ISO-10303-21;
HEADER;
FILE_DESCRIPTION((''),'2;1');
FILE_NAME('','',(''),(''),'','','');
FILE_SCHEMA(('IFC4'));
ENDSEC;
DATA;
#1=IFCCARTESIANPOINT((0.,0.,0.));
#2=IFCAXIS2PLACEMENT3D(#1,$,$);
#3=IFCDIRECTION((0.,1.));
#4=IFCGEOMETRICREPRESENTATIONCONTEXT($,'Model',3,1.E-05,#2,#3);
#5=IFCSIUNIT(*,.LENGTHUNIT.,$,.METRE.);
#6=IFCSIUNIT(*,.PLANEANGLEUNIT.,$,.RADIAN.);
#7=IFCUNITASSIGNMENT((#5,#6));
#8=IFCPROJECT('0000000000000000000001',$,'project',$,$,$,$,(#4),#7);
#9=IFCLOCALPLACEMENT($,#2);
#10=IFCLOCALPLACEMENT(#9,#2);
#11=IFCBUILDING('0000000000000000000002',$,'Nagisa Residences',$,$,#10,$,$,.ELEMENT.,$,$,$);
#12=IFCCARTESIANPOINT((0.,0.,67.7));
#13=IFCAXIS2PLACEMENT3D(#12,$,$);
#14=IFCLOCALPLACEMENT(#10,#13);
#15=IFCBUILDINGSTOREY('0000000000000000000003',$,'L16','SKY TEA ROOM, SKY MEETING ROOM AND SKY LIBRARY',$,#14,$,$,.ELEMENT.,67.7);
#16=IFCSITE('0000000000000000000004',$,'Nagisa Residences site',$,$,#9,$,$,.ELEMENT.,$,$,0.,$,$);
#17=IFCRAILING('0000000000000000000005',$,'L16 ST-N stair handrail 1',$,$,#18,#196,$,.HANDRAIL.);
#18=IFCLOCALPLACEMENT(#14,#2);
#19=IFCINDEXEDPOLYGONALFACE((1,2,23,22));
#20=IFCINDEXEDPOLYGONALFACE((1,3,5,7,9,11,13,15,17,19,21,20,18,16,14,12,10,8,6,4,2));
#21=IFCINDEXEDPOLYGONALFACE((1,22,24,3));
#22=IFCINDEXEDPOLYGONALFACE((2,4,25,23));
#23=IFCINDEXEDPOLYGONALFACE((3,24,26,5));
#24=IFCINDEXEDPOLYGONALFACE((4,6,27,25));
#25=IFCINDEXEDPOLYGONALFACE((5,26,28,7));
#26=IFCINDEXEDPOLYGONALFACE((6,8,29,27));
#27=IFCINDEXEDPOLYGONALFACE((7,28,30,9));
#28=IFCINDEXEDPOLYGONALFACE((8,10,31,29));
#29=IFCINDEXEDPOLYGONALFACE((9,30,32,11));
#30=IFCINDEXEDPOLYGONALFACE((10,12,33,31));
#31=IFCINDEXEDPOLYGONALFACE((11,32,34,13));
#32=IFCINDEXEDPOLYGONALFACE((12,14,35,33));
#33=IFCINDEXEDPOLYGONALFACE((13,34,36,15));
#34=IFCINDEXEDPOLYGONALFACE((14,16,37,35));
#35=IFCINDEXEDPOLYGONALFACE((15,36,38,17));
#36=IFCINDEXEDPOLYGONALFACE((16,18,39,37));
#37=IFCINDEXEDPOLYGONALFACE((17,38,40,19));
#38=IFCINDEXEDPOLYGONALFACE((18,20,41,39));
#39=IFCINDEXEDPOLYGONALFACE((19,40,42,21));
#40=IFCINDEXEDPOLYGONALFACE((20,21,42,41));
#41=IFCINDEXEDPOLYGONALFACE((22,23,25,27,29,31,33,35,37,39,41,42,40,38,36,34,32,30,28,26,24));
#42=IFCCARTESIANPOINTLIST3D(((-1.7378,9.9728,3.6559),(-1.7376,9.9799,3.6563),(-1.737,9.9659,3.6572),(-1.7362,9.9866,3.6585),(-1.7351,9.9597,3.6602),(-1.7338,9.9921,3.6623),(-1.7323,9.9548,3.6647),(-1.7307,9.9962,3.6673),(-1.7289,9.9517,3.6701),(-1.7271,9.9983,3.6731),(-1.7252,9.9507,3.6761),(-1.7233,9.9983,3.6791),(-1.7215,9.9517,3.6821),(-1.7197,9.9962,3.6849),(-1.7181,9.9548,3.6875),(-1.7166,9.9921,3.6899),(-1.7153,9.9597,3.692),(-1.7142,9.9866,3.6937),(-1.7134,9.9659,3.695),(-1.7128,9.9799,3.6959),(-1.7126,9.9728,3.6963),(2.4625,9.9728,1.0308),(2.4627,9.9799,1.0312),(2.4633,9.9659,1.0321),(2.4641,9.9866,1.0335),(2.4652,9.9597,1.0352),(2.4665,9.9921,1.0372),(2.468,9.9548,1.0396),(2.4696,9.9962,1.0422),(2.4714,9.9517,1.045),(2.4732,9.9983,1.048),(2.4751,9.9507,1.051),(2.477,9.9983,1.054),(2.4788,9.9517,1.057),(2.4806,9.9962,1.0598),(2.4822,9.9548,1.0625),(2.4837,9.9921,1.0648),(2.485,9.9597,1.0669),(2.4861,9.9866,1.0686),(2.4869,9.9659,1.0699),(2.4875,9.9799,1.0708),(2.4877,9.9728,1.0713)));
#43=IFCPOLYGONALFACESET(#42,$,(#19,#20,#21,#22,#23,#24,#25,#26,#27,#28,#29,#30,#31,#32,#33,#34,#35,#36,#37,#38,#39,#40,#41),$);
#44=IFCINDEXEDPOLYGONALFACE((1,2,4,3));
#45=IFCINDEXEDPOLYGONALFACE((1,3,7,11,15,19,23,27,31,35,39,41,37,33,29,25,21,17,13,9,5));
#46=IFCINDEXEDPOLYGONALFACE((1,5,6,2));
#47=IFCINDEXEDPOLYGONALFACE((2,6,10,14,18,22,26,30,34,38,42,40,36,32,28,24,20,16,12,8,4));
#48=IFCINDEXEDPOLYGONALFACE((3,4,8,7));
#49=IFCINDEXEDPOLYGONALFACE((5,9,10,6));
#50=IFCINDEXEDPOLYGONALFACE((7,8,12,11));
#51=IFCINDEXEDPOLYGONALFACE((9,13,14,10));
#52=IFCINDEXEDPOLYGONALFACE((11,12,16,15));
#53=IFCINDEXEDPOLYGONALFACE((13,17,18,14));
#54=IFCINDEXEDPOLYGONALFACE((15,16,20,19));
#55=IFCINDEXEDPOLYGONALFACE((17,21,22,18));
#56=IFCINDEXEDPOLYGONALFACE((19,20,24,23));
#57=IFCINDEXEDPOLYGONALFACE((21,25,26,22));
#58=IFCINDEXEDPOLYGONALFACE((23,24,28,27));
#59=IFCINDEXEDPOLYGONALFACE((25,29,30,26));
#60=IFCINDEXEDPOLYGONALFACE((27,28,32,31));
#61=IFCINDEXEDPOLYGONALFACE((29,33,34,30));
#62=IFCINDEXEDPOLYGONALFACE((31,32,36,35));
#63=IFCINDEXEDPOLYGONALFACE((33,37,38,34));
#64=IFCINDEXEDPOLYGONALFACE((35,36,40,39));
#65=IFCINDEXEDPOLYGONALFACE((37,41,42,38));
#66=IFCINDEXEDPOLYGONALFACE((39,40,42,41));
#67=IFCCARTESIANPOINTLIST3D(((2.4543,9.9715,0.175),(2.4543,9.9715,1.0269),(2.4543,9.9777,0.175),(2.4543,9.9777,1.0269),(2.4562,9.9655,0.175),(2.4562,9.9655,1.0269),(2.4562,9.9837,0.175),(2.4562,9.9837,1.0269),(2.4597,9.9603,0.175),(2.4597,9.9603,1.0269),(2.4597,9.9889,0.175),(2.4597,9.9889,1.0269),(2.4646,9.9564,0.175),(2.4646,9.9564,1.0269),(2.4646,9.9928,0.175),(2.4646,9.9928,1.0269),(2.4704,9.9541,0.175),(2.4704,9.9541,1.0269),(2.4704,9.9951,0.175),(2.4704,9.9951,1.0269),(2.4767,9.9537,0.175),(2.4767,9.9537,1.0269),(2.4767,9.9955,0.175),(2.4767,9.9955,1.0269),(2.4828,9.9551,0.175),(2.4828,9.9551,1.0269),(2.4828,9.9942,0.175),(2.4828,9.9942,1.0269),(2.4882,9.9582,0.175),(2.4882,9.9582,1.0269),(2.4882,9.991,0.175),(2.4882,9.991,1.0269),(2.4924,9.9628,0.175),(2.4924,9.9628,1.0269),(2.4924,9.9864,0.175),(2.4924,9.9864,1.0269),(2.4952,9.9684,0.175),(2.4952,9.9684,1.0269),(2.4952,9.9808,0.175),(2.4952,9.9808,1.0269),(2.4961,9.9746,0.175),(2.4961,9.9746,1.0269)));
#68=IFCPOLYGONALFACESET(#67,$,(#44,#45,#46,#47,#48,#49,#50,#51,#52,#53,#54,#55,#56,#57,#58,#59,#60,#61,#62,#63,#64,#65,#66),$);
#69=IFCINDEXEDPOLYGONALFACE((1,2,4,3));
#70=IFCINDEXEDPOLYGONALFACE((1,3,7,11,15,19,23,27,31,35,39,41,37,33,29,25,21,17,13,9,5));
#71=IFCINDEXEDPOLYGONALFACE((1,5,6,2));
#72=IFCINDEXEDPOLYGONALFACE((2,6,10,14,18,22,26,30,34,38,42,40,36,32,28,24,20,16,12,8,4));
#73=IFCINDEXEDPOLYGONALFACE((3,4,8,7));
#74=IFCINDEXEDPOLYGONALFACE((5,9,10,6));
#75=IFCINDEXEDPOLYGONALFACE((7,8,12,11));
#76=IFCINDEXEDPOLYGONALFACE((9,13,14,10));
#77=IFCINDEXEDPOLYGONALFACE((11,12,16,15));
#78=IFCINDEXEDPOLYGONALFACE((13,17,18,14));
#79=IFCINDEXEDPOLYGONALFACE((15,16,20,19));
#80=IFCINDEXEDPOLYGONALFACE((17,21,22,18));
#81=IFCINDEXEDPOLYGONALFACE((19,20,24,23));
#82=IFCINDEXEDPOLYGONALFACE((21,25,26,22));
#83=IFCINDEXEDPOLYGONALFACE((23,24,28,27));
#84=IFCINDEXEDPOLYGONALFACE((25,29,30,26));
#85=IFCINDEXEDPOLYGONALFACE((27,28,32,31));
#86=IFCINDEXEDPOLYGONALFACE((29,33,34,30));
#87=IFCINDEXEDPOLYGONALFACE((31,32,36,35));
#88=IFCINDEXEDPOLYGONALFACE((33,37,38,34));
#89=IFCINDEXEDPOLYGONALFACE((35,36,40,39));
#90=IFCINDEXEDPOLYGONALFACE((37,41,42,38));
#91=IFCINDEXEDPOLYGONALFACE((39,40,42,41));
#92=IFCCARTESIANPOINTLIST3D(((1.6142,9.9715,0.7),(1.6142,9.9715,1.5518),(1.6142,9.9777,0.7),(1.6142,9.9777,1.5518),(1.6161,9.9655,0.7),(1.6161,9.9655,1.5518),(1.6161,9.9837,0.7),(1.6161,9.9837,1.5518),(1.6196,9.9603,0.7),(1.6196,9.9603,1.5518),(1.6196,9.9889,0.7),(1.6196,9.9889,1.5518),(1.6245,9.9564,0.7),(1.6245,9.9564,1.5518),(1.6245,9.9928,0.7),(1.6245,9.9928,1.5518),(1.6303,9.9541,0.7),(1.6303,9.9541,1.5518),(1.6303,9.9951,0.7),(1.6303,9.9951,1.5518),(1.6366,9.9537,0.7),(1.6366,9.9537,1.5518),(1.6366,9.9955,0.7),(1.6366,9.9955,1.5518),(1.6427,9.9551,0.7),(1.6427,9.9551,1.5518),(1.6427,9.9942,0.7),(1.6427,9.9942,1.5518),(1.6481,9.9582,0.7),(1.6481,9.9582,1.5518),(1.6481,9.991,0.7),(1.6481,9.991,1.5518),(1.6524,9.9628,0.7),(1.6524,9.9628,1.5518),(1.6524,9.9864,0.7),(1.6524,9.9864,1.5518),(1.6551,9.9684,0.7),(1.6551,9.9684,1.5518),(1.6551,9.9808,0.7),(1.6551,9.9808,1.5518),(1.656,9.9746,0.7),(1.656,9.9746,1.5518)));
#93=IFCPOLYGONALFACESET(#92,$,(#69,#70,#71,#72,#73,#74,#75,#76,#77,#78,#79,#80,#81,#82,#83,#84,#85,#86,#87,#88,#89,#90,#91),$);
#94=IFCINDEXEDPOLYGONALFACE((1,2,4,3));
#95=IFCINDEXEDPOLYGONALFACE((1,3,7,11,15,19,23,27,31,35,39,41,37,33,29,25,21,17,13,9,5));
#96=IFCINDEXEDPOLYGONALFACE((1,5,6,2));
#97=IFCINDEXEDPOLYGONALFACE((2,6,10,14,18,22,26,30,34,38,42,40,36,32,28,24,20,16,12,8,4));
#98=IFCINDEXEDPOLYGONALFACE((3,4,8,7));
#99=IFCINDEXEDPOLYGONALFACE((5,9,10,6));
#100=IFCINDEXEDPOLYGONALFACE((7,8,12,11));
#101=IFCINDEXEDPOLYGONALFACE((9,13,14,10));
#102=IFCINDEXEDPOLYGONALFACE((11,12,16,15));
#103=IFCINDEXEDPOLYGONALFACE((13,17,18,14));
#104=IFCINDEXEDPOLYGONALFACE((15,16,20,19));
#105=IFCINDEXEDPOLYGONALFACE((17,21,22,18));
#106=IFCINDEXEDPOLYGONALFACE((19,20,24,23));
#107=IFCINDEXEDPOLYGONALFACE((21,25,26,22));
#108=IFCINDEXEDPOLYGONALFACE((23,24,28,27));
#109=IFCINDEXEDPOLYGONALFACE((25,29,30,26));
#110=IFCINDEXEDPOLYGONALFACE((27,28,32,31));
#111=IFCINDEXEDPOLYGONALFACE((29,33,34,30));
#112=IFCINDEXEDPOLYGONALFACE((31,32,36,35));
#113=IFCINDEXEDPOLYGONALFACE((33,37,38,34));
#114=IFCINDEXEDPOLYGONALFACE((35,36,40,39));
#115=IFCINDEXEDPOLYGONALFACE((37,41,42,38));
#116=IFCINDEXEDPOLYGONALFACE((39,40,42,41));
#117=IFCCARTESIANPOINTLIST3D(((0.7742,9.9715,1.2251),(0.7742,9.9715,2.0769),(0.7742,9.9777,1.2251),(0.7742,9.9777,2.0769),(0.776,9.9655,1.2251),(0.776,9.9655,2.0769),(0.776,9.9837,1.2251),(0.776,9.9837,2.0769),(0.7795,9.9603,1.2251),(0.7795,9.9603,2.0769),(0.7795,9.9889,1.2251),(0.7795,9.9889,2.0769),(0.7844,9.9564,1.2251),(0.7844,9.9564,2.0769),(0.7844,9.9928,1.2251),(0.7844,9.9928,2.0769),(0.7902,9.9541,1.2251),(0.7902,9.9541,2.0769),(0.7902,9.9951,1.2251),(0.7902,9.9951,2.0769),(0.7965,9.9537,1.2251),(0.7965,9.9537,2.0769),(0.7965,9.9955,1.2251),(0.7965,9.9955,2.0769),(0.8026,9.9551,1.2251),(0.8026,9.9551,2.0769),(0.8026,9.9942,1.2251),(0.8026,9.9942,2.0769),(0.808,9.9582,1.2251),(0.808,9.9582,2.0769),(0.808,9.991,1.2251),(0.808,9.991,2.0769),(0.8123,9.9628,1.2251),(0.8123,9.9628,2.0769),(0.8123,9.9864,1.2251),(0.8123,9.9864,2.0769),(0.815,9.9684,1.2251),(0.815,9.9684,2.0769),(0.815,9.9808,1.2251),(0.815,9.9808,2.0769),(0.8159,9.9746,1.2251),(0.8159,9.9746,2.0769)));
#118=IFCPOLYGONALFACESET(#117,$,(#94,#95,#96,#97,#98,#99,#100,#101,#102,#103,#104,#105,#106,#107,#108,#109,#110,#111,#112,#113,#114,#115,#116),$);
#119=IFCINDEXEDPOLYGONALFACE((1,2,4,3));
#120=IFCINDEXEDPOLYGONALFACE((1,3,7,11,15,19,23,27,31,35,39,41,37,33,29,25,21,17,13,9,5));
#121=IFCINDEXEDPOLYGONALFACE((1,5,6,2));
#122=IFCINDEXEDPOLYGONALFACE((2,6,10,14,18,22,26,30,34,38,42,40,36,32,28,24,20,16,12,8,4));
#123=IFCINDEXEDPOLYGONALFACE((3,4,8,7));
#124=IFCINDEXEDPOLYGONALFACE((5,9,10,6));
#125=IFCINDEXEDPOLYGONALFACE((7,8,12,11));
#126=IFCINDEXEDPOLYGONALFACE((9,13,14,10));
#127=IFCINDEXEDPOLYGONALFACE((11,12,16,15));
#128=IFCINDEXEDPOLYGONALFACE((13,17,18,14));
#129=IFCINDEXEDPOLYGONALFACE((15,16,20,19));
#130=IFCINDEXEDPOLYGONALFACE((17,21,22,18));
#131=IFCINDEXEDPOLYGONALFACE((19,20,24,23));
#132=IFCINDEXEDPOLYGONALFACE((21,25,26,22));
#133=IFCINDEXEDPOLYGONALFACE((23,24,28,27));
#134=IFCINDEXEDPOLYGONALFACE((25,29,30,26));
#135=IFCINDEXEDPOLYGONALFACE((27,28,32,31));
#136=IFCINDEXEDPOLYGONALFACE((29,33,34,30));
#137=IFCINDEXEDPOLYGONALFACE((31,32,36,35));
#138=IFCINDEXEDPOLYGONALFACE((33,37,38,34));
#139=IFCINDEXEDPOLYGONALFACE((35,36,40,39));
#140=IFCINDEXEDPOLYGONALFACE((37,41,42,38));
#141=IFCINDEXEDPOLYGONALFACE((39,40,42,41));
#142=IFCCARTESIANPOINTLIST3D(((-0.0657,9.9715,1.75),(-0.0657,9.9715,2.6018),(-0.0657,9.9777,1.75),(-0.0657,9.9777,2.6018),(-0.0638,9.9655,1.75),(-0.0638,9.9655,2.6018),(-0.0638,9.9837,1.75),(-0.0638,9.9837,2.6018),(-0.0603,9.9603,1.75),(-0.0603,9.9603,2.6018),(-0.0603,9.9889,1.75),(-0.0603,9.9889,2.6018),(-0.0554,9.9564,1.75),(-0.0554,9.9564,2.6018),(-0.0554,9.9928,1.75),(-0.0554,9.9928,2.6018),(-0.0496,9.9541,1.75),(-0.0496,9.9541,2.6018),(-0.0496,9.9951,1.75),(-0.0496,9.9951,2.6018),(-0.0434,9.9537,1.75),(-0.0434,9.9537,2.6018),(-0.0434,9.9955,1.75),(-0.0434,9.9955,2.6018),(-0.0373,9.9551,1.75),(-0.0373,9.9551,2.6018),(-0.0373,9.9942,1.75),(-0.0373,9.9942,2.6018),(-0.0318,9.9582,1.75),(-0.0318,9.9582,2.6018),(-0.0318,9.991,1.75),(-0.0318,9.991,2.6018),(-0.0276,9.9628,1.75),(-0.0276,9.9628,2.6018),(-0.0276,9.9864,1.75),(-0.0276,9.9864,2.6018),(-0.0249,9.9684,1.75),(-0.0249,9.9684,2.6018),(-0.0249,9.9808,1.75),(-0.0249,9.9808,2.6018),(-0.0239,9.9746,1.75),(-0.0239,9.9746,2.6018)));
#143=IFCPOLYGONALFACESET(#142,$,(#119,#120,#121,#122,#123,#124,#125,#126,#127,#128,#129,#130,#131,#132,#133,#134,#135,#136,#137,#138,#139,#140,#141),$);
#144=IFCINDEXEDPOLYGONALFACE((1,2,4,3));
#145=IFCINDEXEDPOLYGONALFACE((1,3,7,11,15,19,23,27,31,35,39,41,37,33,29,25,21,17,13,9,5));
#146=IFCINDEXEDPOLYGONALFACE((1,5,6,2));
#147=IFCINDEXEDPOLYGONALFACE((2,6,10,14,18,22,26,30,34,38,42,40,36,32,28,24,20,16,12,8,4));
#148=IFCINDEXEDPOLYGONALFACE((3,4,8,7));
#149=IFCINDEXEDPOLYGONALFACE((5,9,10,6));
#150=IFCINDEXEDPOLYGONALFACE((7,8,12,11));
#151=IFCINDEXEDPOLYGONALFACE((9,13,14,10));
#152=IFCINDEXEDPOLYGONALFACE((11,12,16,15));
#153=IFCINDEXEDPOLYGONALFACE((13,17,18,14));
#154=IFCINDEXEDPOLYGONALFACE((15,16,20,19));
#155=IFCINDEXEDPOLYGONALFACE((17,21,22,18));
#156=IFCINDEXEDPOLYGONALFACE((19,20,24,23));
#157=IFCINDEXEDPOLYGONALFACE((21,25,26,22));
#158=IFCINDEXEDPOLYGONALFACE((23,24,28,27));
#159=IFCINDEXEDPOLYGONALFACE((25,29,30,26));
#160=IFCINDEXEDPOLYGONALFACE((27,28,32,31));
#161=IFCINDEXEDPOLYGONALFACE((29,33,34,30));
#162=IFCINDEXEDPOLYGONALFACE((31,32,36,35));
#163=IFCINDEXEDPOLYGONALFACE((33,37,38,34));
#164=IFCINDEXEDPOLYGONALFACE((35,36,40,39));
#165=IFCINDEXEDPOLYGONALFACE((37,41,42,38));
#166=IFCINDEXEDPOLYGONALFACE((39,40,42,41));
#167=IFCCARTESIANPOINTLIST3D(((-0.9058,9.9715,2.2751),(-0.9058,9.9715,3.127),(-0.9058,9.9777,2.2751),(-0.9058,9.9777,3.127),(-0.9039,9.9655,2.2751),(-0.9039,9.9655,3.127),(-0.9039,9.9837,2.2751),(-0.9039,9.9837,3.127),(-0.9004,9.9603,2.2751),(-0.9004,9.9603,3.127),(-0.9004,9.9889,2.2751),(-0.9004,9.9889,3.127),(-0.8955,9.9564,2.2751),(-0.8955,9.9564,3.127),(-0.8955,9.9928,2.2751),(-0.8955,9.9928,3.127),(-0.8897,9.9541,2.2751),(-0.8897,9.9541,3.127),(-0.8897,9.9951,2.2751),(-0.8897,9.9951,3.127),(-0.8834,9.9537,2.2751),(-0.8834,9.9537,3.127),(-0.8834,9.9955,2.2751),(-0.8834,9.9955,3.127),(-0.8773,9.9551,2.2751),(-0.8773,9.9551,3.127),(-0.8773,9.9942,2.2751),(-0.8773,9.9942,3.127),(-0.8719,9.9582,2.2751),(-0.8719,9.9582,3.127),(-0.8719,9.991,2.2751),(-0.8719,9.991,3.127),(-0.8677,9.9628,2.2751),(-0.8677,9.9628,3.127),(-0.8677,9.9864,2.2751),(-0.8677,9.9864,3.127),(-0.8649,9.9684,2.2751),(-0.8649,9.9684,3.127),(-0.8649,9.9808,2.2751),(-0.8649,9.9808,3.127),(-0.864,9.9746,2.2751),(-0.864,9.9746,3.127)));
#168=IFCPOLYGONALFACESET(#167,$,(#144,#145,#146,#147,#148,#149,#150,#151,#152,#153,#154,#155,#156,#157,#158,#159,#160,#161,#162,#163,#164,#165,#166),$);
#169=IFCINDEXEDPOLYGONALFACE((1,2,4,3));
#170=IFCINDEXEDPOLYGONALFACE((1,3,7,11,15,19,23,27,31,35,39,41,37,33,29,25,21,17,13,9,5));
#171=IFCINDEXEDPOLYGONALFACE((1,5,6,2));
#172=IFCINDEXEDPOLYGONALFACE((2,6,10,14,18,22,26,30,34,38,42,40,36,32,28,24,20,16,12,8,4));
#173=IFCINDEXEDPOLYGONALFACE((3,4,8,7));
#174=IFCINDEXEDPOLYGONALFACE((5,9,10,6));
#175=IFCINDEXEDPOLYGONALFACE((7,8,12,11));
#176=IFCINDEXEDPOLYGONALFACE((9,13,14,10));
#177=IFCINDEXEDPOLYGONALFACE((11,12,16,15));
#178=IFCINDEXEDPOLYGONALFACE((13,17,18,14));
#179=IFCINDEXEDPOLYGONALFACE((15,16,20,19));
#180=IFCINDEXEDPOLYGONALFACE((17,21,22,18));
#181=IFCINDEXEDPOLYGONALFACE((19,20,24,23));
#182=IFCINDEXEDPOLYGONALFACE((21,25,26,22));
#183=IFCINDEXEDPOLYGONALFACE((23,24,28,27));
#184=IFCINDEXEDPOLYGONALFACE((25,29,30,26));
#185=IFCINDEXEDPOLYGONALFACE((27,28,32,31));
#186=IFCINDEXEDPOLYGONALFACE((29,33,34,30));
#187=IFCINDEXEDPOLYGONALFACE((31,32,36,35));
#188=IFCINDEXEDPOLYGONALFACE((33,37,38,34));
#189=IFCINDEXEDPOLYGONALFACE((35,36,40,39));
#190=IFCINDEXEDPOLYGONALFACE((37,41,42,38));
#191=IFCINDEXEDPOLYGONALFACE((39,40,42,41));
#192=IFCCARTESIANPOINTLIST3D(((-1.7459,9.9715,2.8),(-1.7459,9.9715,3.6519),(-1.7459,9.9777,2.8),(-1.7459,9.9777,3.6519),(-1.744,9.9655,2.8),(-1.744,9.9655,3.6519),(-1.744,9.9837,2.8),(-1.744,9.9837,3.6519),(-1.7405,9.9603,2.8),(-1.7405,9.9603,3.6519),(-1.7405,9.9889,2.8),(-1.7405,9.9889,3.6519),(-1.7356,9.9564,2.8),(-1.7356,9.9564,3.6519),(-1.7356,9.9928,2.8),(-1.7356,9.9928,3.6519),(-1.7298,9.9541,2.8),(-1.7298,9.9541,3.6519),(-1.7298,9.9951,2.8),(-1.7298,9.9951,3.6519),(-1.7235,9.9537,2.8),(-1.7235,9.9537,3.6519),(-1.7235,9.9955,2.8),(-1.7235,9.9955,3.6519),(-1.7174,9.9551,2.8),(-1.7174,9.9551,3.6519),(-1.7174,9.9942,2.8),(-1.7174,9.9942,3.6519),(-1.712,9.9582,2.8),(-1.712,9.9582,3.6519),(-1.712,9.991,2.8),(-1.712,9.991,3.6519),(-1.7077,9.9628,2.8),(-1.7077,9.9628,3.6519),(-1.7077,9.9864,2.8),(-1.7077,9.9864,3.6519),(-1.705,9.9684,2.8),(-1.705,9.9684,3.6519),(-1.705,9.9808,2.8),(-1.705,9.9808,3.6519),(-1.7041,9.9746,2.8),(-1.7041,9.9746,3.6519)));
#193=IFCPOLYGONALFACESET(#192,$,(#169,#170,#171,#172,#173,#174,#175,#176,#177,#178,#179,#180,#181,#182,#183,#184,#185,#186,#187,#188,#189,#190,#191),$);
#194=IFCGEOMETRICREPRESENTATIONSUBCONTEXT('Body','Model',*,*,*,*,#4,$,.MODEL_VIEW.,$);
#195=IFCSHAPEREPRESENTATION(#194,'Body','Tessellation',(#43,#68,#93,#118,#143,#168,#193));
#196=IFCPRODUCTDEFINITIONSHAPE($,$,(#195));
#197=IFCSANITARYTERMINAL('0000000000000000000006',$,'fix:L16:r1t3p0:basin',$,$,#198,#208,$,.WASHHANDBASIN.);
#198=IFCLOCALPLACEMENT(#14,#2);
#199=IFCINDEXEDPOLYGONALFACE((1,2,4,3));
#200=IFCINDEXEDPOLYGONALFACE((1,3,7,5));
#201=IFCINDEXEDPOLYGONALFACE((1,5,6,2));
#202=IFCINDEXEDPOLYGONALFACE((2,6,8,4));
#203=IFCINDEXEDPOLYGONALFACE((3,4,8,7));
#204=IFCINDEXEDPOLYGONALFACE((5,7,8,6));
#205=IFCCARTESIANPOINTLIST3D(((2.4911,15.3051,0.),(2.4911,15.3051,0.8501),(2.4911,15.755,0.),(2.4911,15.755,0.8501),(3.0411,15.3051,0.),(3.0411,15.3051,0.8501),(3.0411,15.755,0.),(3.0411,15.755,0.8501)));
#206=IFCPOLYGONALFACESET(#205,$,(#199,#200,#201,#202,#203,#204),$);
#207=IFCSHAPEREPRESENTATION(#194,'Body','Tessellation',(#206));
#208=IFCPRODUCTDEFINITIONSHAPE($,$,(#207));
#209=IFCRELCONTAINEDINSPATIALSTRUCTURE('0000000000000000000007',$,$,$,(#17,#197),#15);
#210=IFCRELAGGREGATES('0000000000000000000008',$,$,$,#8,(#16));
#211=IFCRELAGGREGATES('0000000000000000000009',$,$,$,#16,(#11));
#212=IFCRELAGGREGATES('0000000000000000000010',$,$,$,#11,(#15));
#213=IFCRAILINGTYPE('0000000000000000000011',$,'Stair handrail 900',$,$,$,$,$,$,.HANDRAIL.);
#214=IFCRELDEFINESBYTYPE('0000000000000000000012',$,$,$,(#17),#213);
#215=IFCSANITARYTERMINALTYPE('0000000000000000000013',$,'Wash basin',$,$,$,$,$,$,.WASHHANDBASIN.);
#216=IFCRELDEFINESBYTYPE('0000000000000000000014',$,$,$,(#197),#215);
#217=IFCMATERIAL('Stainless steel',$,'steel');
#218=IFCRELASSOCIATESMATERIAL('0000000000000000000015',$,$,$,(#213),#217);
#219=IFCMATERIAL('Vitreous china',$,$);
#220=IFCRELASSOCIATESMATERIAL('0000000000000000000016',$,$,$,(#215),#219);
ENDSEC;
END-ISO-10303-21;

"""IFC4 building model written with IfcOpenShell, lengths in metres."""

from ifc_helpers import new_model, si_unit, direction, frame, origin, origin_2d, place, context, subcontext, project, spatial, rectangle, circle, extrude, material, type_object, element, save


model = new_model("IFC4")

# Units and contexts
model_context = context("Model", 3, precision=1e-05, world=origin(), true_north=direction((0.0, 1.0)))
body_context = subcontext(model_context, "Body", "Model", "MODEL_VIEW")
ifc_project = project(units=[si_unit("LENGTHUNIT", "METRE"), si_unit("PLANEANGLEUNIT", "RADIAN")], contexts=[model_context])

# Site, building, storey
site_placement = place(None, origin())
site = spatial("IfcSite", under=ifc_project, at=site_placement, Name="Nagisa Residences site", CompositionType="ELEMENT", RefElevation=0.0)
building_placement = place(site_placement, origin())
building = spatial("IfcBuilding", under=site, at=building_placement, Name="Nagisa Residences", CompositionType="ELEMENT")
storey_placement = place(building_placement, frame((0.0, 0.0, 67.7)))
storey = spatial("IfcBuildingStorey", under=building, at=storey_placement, Name="L16", Description="SKY TEA ROOM, SKY MEETING ROOM AND SKY LIBRARY", CompositionType="ELEMENT", Elevation=67.7)

# Railing
ifc_material_1 = material(Name="Stainless steel", Category="steel")
railing_type_1 = type_object("IfcRailingType", Name="Stair handrail 900", PredefinedType="HANDRAIL", material=ifc_material_1)
railing_1_placement = place(storey_placement, frame((2.4751, 9.9746, 0.175)))
element("IfcRailing", 1, at=railing_1_placement, inside=storey, type_object=railing_type_1, Name="L16 ST-N stair handrail 1", PredefinedType="HANDRAIL", context=body_context, shape_type="SweptSolid", body=[
    extrude(circle(Radius=0.0239, at=origin_2d()), frame((0.0, 0.0, 0.876), z_axis=(-0.848009, 0.0, 0.529981), x_axis=(0.0, -1.0, 0.0)), (0.0, 0.0, 1.0), 4.9531),
    extrude(circle(Radius=0.021, at=origin_2d()), origin(), (0.0, 0.0, 1.0), 0.8518),
    extrude(circle(Radius=0.021, at=origin_2d()), frame((-0.8401, 0.0, 0.5249)), (0.0, 0.0, 1.0), 0.8518),
    extrude(circle(Radius=0.021, at=origin_2d()), frame((-1.6802, 0.0, 1.05)), (0.0, 0.0, 1.0), 0.8518),
    extrude(circle(Radius=0.021, at=origin_2d()), frame((-2.52, 0.0, 1.575)), (0.0, 0.0, 1.0), 0.8518),
    extrude(circle(Radius=0.021, at=origin_2d()), frame((-3.3601, 0.0, 2.1001)), (0.0, 0.0, 1.0), 0.8518),
    extrude(circle(Radius=0.021, at=origin_2d()), frame((-4.2002, 0.0, 2.625)), (0.0, 0.0, 1.0), 0.8518),
])

# Sanitary terminal
ifc_material_2 = material(Name="Vitreous china")
sanitary_terminal_type = type_object("IfcSanitaryTerminalType", Name="Wash basin", PredefinedType="WASHHANDBASIN", material=ifc_material_2)
sanitary_terminal_placement = place(storey_placement, frame((2.7661, 15.53, 0.0), z_axis=(0.0, 0.0, 1.0), x_axis=(1.0, 0.0, 0.0)))
element("IfcSanitaryTerminal", 2, at=sanitary_terminal_placement, inside=storey, type_object=sanitary_terminal_type, Name="fix:L16:r1t3p0:basin", PredefinedType="WASHHANDBASIN", context=body_context, shape_type="SweptSolid", body=[
    extrude(rectangle(XDim=0.55, YDim=0.45, at=origin_2d()), origin(), (0.0, 0.0, 1.0), 0.8501),
])

save(model, "model.ifc")
